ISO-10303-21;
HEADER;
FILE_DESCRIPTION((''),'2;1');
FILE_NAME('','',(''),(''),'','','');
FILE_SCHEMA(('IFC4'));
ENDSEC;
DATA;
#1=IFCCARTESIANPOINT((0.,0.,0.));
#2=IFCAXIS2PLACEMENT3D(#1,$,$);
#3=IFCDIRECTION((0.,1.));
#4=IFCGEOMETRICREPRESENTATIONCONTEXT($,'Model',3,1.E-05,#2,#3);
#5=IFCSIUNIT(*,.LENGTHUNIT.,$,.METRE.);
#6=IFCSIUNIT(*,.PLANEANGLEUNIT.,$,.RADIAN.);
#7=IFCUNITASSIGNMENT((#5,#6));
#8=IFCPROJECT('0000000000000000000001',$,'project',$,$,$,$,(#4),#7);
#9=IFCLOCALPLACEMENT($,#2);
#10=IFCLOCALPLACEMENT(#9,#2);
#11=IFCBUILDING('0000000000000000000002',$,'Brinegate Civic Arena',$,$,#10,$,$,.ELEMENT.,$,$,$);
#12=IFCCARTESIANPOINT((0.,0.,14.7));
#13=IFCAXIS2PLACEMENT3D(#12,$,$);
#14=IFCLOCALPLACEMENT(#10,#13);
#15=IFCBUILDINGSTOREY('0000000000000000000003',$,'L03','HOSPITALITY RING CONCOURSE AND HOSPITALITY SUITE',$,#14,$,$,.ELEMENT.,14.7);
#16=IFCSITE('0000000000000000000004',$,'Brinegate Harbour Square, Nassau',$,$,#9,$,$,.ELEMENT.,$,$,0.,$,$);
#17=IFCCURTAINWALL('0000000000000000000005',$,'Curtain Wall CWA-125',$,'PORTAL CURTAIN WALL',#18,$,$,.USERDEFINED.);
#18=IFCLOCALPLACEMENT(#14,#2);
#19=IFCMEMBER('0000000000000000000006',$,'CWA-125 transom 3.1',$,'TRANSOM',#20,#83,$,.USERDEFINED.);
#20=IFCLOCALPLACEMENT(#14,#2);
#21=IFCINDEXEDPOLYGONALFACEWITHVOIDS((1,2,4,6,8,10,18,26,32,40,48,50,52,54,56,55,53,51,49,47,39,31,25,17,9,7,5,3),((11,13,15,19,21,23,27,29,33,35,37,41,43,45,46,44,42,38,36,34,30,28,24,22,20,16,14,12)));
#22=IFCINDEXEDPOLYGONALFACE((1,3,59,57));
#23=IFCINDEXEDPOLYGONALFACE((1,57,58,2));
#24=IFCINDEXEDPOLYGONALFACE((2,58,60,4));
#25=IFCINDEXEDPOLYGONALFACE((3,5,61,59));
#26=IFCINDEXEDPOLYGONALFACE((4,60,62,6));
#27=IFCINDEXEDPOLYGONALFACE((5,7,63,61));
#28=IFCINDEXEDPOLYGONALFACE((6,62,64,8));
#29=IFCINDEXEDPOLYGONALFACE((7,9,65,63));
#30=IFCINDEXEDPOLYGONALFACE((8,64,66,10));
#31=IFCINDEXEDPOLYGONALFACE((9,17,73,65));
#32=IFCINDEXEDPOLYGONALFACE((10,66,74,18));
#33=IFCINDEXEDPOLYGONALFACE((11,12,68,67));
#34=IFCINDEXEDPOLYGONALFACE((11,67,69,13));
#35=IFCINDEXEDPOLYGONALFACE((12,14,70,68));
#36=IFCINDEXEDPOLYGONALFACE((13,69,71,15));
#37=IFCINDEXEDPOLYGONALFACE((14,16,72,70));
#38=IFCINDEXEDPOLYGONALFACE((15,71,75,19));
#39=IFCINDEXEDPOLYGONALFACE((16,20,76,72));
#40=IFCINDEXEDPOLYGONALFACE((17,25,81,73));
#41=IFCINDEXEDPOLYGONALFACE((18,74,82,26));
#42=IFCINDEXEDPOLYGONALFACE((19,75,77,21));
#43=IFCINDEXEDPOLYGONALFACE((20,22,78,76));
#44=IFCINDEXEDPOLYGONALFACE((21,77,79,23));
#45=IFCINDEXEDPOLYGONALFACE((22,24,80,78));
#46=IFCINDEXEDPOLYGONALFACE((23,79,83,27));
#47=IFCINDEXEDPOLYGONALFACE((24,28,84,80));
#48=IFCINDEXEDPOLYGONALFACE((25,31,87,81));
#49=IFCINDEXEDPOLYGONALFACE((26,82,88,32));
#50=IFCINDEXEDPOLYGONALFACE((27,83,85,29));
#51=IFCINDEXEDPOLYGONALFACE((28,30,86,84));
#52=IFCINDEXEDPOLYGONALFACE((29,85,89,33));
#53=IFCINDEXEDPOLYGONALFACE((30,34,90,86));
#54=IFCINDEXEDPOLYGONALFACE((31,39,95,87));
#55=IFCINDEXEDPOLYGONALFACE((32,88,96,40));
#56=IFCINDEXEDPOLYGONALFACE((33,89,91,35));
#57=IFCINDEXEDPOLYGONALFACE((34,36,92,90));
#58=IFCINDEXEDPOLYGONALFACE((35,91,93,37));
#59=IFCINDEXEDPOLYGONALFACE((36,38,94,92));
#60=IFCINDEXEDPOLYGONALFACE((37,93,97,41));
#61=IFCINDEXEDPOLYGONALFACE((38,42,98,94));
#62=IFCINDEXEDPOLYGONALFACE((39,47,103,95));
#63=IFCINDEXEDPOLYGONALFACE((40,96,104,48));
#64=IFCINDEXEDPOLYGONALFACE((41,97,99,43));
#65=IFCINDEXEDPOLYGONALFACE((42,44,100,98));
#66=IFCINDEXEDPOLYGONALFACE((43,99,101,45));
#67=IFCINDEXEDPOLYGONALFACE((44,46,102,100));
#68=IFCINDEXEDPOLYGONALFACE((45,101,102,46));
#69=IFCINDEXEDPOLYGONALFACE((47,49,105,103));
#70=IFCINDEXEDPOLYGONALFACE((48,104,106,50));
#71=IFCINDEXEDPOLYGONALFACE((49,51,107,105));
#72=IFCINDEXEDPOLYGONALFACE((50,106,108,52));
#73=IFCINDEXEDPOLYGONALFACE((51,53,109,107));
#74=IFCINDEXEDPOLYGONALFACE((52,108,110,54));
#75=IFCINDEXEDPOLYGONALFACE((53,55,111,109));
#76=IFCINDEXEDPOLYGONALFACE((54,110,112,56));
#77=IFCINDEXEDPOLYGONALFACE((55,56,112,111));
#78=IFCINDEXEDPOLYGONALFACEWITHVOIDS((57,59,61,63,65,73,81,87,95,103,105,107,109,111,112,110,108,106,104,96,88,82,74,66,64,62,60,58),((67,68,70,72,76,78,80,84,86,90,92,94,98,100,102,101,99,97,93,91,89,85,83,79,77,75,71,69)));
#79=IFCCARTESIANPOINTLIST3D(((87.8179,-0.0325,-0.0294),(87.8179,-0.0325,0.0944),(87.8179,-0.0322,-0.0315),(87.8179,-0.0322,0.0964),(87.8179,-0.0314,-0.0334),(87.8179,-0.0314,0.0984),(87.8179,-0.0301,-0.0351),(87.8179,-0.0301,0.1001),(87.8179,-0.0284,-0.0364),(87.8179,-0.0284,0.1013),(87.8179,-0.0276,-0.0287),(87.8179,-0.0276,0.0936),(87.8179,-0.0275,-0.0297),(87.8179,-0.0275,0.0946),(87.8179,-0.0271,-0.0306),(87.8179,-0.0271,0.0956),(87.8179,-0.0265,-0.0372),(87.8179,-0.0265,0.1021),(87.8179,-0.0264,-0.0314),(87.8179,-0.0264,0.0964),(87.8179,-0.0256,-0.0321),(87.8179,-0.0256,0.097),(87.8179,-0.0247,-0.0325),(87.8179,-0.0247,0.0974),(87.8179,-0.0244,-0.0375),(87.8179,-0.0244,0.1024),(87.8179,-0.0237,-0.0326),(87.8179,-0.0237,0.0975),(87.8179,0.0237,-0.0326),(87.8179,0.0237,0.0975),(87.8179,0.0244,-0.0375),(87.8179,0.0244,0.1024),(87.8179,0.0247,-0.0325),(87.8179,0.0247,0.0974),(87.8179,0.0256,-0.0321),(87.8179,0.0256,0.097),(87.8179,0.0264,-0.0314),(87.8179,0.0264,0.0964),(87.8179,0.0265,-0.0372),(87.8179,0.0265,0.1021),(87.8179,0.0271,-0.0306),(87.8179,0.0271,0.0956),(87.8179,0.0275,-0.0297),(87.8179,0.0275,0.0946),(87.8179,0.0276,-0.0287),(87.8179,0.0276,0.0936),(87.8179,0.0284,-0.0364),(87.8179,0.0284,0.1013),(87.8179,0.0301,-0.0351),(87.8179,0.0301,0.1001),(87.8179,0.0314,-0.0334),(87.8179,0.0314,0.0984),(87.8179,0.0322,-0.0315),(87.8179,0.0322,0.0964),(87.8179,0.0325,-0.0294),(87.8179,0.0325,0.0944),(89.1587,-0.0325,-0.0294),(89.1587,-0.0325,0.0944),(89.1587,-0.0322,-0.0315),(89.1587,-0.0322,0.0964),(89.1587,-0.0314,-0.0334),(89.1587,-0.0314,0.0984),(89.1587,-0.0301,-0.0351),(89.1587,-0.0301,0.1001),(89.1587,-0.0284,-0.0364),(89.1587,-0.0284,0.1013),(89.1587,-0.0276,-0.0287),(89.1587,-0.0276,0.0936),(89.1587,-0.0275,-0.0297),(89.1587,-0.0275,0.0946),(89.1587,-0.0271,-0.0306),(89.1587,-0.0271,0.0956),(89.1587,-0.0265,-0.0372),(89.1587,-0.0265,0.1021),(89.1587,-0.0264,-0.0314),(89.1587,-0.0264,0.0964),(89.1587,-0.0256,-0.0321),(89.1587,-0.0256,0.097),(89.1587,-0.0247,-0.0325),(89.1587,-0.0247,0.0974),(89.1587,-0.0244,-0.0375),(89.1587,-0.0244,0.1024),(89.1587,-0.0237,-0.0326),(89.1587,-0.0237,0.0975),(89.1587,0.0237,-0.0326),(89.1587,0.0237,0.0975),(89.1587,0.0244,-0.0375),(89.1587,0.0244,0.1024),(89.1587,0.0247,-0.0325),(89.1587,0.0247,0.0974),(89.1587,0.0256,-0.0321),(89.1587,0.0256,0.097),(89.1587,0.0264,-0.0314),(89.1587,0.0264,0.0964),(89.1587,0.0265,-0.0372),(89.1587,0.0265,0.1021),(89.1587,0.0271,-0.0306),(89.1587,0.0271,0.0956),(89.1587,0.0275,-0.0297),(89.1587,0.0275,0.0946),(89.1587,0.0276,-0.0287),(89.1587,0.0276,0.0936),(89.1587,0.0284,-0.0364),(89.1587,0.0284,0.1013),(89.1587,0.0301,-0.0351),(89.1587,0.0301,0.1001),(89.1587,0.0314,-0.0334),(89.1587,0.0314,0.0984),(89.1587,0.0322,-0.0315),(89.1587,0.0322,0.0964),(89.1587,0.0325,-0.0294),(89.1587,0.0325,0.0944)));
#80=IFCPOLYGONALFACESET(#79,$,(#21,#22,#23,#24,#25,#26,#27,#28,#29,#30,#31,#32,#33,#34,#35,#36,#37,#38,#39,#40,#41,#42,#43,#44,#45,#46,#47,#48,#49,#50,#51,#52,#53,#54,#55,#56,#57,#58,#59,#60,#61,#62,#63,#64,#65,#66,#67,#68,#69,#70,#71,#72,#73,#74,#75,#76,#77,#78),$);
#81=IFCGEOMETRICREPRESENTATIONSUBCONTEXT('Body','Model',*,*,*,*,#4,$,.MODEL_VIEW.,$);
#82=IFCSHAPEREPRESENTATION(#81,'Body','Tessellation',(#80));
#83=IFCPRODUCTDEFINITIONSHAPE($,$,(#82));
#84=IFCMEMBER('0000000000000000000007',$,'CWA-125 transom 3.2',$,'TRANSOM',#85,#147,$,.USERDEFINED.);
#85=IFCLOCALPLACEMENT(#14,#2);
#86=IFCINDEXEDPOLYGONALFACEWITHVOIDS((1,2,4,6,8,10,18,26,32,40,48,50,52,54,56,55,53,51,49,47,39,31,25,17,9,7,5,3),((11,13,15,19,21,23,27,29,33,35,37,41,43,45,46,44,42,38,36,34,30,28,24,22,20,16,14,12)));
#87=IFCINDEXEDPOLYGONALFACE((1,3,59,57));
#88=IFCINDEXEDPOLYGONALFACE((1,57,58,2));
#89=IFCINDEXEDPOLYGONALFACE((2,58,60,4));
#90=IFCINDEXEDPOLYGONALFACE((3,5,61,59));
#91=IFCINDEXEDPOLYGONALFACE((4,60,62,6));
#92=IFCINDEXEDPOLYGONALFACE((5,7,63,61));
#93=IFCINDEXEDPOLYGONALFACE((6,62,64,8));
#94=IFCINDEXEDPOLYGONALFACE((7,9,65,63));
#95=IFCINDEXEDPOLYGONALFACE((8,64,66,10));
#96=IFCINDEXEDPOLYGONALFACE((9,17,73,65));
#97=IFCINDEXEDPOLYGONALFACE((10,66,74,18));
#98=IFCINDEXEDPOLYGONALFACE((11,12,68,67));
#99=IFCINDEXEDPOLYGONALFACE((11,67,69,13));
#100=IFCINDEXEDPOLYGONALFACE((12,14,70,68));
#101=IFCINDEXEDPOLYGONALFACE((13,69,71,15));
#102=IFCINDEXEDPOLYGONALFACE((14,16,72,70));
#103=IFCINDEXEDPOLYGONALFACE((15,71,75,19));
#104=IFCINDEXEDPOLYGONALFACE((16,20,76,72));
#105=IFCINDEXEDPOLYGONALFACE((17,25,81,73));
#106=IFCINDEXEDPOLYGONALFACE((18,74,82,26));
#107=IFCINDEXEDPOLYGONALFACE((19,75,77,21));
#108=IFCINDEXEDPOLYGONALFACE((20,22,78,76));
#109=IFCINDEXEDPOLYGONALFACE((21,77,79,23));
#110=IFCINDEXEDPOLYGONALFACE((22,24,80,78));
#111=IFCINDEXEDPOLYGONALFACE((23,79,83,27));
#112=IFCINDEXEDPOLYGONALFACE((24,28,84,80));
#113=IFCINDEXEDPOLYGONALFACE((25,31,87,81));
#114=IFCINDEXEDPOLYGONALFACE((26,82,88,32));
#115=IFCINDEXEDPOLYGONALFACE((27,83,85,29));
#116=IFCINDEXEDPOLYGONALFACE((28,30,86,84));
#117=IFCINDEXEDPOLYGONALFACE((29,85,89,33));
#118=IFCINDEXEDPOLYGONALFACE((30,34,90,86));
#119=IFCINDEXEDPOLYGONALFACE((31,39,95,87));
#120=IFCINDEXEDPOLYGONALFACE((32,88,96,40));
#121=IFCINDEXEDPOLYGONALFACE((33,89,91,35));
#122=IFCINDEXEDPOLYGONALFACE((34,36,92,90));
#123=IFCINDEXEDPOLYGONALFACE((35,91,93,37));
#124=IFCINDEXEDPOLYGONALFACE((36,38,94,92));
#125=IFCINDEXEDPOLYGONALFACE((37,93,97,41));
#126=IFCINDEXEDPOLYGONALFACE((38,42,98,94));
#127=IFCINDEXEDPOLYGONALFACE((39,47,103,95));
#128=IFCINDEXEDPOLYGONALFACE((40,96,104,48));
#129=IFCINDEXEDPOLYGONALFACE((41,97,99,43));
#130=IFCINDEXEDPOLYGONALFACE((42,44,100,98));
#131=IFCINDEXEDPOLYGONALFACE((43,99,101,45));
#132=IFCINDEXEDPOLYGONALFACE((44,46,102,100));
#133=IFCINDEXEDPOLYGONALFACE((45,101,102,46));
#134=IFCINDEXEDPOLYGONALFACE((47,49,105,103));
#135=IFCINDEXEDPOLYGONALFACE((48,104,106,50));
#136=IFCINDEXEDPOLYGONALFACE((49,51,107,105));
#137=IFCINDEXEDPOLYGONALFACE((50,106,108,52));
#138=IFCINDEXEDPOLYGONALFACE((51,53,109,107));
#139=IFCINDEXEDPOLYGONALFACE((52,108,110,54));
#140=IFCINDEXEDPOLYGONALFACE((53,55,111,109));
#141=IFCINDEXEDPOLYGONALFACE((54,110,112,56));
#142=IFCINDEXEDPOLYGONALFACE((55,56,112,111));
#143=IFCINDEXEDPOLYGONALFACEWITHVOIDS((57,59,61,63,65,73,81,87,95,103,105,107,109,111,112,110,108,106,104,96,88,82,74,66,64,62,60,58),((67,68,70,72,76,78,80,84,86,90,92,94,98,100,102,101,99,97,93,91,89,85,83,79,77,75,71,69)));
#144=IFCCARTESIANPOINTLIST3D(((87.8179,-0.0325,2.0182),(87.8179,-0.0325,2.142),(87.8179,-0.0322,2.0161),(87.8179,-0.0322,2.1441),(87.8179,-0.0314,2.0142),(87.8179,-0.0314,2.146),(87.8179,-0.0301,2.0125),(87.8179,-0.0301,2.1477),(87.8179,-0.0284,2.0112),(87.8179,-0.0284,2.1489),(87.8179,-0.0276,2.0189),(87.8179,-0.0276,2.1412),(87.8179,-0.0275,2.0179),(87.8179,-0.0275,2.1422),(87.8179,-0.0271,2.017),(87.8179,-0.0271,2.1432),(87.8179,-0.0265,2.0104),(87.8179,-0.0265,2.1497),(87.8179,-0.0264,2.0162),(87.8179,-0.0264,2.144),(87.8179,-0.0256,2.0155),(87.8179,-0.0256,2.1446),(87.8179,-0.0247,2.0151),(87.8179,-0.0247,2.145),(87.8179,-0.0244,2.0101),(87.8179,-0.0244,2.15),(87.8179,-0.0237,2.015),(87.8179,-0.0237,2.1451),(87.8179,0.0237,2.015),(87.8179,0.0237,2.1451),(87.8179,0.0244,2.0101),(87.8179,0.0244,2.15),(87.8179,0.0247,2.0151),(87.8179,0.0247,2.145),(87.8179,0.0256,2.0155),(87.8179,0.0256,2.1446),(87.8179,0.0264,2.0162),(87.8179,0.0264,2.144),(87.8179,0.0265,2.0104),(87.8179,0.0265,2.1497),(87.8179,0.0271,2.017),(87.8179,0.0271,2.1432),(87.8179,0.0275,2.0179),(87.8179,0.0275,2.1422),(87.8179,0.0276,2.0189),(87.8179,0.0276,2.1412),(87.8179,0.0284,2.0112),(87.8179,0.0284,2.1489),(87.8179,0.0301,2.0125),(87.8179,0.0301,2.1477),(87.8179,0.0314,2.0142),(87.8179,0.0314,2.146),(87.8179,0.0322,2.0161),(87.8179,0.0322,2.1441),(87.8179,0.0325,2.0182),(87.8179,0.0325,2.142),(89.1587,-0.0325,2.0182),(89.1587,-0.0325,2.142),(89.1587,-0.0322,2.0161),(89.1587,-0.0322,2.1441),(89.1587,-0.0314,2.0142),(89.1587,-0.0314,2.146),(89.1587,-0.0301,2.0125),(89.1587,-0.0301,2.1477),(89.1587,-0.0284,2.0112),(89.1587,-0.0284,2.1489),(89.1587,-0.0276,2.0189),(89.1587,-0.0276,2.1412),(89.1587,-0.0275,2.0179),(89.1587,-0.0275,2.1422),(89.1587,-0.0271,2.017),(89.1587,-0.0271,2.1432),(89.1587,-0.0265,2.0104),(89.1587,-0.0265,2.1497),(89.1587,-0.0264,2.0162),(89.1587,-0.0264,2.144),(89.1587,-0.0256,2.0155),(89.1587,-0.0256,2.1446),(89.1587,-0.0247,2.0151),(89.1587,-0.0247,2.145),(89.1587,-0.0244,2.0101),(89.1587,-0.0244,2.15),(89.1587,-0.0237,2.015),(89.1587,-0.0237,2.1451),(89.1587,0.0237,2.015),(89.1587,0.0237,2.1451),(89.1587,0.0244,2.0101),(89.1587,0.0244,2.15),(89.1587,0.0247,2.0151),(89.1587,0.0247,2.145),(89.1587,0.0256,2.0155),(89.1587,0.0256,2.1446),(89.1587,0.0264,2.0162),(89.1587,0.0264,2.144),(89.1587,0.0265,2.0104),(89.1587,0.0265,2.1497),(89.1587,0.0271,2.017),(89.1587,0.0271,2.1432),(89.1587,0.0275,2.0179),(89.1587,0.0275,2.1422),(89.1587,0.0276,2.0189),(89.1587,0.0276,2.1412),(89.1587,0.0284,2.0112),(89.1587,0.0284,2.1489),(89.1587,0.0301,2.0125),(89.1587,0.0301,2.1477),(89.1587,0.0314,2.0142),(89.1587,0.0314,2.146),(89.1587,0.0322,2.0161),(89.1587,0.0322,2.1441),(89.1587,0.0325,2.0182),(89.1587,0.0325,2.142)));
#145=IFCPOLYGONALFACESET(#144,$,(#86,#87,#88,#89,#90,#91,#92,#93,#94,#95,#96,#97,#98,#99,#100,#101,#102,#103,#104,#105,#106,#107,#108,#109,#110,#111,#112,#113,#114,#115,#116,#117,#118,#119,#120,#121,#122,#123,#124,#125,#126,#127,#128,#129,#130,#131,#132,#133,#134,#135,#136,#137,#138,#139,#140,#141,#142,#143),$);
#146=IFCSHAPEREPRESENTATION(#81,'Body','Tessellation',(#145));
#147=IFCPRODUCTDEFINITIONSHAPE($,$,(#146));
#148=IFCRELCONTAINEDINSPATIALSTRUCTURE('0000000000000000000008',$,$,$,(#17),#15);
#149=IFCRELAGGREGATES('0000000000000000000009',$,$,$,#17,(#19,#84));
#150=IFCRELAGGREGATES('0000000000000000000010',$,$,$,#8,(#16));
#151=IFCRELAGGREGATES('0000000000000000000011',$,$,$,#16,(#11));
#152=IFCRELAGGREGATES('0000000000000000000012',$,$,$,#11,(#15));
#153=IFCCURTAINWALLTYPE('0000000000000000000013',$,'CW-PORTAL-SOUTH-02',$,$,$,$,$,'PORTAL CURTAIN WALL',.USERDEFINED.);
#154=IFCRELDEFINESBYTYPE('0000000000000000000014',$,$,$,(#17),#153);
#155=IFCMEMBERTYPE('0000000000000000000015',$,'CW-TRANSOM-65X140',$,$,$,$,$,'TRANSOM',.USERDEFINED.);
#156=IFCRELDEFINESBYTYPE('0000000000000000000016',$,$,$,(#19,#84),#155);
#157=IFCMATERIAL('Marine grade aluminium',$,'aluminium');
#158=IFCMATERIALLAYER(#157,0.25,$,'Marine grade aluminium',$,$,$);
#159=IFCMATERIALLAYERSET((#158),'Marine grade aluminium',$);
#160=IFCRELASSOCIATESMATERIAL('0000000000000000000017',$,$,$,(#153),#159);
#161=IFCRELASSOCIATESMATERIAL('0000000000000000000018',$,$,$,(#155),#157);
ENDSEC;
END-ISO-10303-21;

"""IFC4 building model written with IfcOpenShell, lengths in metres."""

from ifc_helpers import new_model, si_unit, direction, frame, origin, origin_2d, place, context, subcontext, project, spatial, hollow_rectangle, extrude, material, layer, layer_set, material_profile, profile_set, type_object, element, aggregate, save


model = new_model("IFC4")

# Units and contexts
model_context = context("Model", 3, precision=1e-05, world=origin(), true_north=direction((0.0, 1.0)))
body_context = subcontext(model_context, "Body", "Model", "MODEL_VIEW")
ifc_project = project(units=[si_unit("LENGTHUNIT", "METRE"), si_unit("PLANEANGLEUNIT", "RADIAN")], contexts=[model_context])

# Site, building, storey
site_placement = place(None, origin())
site = spatial("IfcSite", under=ifc_project, at=site_placement, Name="Brinegate Harbour Square, Nassau", CompositionType="ELEMENT", RefElevation=0.0)
building_placement = place(site_placement, origin())
building = spatial("IfcBuilding", under=site, at=building_placement, Name="Brinegate Civic Arena", CompositionType="ELEMENT")
storey_placement = place(building_placement, frame((0.0, 0.0, 14.7)))
storey = spatial("IfcBuildingStorey", under=building, at=storey_placement, Name="L03", Description="HOSPITALITY RING CONCOURSE AND HOSPITALITY SUITE", CompositionType="ELEMENT", Elevation=14.7)

# Curtain wall, members
ifc_material_1 = material(Name="Marine grade aluminium", Category="aluminium")
ifc_layer_1 = layer(ifc_material_1, 0.25, Name="Marine grade aluminium")
ifc_layer_set_1 = layer_set([ifc_layer_1], Name="Marine grade aluminium")
curtain_wall_type = type_object("IfcCurtainWallType", Name="CW-PORTAL-SOUTH-02", ElementType="PORTAL CURTAIN WALL", PredefinedType="USERDEFINED", material=ifc_layer_set_1)
curtain_wall_placement = place(storey_placement, origin())
curtain_wall = element("IfcCurtainWall", 1, at=curtain_wall_placement, inside=storey, type_object=curtain_wall_type, Name="Curtain Wall CWA-125", ObjectType="PORTAL CURTAIN WALL", PredefinedType="USERDEFINED")
ifc_material_profile_1 = material_profile(ifc_material_1, hollow_rectangle(XDim=0.0649, YDim=0.1399, WallThickness=0.0049, InnerFilletRadius=0.0039, OuterFilletRadius=0.0081, at=origin_2d()), Name="TRN65X140")
ifc_profile_set_1 = profile_set([ifc_material_profile_1], Name="Marine grade aluminium")
member_type_1 = type_object("IfcMemberType", Name="CW-TRANSOM-65X140", ElementType="TRANSOM", PredefinedType="USERDEFINED", material=ifc_profile_set_1)
member_1_placement = place(storey_placement, frame((87.8179, 0.0, 0.0325), z_axis=(1.0, 0.0, 0.0), x_axis=(0.0, 1.0, 0.0)))
member_1 = element("IfcMember", 2, at=member_1_placement, type_object=member_type_1, Name="CWA-125 transom 3.1", ObjectType="TRANSOM", PredefinedType="USERDEFINED", context=body_context, shape_type="SweptSolid", body=[
    extrude(hollow_rectangle(XDim=0.0649, YDim=0.1399, WallThickness=0.0049, InnerFilletRadius=0.0039, OuterFilletRadius=0.0081, at=origin_2d()), origin(), (0.0, 0.0, 1.0), 1.3408),
])
member_2_placement = place(storey_placement, frame((87.8179, 0.0, 2.0801), z_axis=(1.0, 0.0, 0.0), x_axis=(0.0, 1.0, 0.0)))
member_2 = element("IfcMember", 3, at=member_2_placement, type_object=member_type_1, Name="CWA-125 transom 3.2", ObjectType="TRANSOM", PredefinedType="USERDEFINED", context=body_context, shape_type="SweptSolid", body=[
    extrude(hollow_rectangle(XDim=0.0649, YDim=0.1399, WallThickness=0.0049, InnerFilletRadius=0.0039, OuterFilletRadius=0.0081, at=origin_2d()), origin(), (0.0, 0.0, 1.0), 1.3408),
])
aggregate(curtain_wall, [member_1, member_2])

save(model, "model.ifc")
